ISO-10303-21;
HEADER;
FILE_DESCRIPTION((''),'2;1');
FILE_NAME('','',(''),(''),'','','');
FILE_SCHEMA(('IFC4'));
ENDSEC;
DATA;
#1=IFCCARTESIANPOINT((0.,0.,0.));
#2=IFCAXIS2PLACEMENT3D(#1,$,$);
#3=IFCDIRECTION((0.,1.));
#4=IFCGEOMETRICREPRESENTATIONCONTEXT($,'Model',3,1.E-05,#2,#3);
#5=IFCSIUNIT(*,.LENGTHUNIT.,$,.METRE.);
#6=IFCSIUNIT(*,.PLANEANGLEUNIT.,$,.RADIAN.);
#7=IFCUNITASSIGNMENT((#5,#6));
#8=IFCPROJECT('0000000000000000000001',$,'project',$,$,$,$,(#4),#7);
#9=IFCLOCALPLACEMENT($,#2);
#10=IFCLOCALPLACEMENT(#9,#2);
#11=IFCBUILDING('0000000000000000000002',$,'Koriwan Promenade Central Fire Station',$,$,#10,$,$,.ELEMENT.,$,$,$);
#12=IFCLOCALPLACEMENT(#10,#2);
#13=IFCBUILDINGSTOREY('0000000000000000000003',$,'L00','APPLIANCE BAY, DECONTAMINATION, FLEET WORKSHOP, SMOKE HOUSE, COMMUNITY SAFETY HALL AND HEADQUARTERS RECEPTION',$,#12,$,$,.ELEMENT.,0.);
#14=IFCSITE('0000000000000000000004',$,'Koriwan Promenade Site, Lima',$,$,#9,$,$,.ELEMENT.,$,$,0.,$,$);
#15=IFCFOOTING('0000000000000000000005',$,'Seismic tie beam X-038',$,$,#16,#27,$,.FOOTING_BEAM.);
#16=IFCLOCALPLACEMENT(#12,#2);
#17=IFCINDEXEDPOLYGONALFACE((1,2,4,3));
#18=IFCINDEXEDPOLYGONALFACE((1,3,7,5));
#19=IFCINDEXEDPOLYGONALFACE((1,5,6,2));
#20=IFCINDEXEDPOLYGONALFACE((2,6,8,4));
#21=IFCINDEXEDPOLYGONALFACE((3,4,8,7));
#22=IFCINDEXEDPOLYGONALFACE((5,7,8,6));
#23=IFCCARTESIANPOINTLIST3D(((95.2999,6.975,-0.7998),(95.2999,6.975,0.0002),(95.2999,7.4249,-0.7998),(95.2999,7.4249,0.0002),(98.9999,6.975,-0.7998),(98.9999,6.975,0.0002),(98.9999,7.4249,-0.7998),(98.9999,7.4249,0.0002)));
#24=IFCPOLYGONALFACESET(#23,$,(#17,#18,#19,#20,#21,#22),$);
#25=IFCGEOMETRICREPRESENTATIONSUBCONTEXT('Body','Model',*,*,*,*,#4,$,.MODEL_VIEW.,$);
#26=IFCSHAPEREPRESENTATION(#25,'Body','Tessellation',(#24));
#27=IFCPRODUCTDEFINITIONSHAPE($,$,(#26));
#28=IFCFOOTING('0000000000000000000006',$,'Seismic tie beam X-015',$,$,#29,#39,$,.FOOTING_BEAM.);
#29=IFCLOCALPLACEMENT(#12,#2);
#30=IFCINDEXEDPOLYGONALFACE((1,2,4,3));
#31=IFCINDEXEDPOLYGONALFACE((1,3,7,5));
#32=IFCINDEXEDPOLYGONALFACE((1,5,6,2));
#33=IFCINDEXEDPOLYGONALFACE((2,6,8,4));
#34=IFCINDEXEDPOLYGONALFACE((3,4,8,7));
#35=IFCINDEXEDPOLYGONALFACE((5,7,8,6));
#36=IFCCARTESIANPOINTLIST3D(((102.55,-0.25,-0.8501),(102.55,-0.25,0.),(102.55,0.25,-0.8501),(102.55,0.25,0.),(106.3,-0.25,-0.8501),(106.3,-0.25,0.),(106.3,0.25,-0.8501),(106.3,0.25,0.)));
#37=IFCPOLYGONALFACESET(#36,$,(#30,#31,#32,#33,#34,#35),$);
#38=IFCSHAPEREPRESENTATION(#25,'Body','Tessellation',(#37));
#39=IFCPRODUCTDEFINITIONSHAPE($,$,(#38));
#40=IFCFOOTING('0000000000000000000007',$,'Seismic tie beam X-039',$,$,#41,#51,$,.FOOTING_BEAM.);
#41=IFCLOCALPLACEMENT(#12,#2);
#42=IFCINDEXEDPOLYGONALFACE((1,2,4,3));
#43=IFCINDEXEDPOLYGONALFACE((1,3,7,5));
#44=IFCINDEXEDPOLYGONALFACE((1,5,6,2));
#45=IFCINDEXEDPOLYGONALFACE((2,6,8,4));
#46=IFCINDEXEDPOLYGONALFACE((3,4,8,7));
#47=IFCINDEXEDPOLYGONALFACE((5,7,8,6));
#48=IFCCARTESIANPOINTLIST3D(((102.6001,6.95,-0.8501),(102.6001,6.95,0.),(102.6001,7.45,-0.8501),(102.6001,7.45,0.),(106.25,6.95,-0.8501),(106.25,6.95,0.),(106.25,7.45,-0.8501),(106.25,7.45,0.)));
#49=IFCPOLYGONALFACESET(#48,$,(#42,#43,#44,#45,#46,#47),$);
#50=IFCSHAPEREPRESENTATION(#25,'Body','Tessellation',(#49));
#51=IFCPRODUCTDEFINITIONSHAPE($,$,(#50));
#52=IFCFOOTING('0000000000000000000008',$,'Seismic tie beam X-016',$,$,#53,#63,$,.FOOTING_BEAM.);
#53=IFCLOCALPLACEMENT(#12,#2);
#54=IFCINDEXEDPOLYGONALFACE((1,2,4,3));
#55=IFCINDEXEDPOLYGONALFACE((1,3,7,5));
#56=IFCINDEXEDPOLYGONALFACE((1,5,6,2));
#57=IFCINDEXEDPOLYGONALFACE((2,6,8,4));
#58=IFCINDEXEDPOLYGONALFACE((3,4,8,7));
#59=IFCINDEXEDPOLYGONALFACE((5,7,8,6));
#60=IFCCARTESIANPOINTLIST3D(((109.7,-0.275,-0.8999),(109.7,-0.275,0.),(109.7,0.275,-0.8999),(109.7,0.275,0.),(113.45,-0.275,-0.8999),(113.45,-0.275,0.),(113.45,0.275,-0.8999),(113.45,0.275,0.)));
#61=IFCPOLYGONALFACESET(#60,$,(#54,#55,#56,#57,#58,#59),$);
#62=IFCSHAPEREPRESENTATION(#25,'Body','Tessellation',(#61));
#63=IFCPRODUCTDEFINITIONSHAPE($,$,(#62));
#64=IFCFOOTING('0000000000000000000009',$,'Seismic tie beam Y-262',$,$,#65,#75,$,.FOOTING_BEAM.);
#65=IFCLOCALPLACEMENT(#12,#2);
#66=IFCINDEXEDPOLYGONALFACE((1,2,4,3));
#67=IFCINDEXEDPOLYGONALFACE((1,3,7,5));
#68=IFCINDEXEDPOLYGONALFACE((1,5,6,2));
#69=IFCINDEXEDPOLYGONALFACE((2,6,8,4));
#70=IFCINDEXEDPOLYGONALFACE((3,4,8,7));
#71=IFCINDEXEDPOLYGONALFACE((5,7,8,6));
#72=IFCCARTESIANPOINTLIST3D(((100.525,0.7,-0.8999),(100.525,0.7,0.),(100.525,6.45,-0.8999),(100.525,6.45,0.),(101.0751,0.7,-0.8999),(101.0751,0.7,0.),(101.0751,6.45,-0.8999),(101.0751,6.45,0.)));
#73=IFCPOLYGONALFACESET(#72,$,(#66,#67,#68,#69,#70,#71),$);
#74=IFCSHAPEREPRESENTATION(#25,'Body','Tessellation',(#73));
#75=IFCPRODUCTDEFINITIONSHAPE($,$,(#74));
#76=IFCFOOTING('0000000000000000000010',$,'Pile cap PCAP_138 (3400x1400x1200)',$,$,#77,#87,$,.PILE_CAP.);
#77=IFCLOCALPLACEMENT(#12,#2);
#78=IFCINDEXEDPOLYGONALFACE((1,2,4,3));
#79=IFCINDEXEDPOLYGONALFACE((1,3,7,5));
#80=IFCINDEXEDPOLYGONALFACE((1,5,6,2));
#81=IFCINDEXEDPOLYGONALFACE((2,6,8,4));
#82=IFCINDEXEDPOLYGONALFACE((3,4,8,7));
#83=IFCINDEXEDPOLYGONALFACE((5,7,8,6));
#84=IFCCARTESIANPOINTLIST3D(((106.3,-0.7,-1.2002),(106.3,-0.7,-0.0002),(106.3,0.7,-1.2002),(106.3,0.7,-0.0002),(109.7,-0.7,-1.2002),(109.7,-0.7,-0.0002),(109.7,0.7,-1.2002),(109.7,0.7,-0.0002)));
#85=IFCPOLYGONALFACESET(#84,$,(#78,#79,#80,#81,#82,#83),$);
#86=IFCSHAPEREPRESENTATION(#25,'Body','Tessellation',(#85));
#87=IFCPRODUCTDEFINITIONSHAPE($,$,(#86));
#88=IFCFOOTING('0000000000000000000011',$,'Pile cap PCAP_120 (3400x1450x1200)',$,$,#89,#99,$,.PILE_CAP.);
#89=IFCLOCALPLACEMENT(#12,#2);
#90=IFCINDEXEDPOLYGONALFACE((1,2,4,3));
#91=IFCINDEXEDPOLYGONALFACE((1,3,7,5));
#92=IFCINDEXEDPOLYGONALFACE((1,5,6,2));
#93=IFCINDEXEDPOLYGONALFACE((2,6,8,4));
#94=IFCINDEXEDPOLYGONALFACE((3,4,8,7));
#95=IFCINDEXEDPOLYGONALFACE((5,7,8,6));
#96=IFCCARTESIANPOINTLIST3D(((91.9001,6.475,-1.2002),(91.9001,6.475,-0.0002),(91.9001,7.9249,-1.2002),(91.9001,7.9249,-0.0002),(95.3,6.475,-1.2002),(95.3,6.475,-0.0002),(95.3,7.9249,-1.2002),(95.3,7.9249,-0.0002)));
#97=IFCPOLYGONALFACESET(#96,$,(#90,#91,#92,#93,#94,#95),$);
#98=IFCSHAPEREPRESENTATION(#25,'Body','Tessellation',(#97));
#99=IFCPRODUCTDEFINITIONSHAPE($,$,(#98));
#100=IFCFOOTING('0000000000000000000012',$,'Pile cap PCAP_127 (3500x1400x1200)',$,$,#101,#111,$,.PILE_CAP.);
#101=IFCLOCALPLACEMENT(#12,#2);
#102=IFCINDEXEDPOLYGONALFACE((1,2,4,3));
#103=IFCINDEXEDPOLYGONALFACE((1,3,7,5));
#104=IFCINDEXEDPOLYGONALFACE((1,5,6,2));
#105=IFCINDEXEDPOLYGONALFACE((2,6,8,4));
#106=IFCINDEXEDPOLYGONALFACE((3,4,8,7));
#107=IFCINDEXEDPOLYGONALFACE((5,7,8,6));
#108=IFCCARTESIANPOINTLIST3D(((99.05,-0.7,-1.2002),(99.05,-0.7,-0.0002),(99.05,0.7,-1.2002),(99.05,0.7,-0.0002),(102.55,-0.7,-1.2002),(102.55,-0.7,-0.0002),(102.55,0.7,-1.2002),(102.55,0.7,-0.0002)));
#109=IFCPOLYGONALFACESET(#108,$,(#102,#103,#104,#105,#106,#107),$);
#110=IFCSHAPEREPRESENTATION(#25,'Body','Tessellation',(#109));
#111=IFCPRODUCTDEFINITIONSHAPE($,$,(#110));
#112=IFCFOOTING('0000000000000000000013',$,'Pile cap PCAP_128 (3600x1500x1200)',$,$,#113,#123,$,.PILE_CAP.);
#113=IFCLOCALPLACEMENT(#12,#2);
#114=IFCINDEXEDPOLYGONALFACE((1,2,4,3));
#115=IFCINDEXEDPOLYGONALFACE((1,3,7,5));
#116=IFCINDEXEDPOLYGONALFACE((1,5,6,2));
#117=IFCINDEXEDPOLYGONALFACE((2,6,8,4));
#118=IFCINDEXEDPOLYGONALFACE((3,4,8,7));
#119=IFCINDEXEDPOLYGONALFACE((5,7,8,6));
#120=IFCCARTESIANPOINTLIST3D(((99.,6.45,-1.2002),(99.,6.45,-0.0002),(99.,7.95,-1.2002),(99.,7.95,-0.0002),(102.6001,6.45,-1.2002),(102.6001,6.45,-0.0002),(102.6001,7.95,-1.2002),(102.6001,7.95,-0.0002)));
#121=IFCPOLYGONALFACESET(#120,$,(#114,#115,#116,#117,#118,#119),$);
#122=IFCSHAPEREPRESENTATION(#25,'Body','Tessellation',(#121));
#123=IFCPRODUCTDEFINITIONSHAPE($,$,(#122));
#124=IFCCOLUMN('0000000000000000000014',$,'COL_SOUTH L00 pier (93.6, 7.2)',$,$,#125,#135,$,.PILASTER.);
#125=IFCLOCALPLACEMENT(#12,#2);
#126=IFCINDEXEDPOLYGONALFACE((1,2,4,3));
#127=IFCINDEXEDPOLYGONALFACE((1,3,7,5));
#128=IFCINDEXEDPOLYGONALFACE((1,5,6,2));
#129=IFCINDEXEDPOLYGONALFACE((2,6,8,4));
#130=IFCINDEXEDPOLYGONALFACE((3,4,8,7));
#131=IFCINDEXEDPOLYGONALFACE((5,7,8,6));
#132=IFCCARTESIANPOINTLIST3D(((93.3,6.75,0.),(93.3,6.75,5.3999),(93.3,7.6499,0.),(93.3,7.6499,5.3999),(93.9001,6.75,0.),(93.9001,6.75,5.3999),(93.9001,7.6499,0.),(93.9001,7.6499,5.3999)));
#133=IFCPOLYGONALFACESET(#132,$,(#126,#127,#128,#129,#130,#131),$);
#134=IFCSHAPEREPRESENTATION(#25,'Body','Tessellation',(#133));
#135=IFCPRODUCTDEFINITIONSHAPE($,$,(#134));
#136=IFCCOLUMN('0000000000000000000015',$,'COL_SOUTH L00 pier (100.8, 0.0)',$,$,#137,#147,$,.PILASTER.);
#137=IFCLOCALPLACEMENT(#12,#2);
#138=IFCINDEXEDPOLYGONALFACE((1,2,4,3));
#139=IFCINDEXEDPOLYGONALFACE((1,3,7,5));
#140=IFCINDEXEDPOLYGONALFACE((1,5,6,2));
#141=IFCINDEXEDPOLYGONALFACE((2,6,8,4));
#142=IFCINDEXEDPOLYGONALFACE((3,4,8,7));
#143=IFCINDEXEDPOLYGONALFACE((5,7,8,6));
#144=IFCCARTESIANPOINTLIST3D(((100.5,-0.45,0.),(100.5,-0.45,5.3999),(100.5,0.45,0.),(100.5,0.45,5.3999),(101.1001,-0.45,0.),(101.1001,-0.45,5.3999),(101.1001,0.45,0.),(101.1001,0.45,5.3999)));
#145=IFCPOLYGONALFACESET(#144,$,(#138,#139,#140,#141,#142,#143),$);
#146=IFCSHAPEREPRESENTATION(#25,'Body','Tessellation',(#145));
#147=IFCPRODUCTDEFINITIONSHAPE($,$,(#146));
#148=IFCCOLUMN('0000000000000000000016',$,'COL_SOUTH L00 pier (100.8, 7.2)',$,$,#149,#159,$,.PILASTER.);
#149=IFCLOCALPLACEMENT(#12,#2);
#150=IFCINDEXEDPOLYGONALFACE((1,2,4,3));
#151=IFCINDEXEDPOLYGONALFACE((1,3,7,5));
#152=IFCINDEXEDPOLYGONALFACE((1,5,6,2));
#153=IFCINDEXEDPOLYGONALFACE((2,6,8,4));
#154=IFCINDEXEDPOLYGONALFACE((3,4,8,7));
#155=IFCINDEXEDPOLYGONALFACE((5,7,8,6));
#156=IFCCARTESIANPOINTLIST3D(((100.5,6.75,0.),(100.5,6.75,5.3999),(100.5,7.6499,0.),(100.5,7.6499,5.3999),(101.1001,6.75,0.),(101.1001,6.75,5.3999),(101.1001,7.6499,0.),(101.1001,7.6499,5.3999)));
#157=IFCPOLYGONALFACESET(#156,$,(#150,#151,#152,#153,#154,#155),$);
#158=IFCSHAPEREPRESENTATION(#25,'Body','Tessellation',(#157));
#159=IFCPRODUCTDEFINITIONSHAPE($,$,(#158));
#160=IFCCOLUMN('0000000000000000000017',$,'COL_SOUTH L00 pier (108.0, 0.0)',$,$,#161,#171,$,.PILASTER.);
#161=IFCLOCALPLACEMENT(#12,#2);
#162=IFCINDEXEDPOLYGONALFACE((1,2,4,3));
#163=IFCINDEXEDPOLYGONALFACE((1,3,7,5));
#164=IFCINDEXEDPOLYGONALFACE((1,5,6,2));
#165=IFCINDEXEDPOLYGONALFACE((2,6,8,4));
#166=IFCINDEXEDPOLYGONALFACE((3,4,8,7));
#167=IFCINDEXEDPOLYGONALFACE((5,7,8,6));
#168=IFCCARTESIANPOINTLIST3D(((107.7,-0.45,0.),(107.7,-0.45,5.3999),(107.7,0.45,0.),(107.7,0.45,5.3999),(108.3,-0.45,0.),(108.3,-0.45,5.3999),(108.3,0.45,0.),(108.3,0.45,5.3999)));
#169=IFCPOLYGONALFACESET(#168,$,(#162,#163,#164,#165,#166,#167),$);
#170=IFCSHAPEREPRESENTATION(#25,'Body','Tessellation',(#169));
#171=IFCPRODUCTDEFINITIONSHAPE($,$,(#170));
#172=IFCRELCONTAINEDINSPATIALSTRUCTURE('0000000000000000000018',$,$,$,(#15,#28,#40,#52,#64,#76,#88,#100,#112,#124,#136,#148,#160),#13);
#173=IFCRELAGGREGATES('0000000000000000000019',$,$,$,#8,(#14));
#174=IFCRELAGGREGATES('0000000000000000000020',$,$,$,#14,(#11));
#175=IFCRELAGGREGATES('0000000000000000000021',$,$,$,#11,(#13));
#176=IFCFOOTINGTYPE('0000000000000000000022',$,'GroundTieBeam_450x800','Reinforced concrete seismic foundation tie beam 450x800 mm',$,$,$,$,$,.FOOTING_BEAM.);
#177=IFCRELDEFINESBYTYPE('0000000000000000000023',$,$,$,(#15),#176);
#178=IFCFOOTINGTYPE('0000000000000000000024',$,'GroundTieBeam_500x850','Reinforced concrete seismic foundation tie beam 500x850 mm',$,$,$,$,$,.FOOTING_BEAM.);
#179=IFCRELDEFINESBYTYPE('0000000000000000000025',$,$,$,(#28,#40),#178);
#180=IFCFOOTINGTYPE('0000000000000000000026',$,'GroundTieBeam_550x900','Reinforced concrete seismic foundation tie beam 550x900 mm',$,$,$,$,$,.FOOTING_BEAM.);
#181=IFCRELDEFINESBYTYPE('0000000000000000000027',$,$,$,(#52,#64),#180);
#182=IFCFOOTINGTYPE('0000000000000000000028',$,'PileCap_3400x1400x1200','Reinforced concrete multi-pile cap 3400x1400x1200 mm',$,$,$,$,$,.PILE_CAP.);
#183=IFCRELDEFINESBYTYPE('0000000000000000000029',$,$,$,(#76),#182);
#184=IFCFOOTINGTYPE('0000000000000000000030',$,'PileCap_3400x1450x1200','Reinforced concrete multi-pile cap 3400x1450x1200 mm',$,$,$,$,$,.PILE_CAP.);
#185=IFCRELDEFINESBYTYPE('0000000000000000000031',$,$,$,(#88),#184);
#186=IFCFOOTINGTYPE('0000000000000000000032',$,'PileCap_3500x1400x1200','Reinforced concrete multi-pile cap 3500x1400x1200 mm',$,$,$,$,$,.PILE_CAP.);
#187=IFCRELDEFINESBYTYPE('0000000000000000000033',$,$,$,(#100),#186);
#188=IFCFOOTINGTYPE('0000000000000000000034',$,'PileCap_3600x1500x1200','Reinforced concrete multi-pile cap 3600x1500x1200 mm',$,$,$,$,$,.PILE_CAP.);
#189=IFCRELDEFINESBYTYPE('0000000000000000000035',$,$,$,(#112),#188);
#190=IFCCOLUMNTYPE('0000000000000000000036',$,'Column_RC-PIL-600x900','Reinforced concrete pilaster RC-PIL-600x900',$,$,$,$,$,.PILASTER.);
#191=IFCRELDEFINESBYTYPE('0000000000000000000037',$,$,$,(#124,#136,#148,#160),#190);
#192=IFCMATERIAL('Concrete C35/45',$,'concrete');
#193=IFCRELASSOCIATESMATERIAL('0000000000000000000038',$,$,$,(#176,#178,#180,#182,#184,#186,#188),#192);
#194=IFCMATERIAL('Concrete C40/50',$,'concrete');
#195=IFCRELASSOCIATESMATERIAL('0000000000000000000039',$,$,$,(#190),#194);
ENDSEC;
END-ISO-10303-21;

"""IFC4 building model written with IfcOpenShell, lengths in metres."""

from ifc_helpers import new_model, si_unit, direction, frame, origin, origin_2d, place, context, subcontext, project, spatial, rectangle, extrude, material, material_profile, profile_set, type_object, element, save


model = new_model("IFC4")

# Units and contexts
model_context = context("Model", 3, precision=1e-05, world=origin(), true_north=direction((0.0, 1.0)))
body_context = subcontext(model_context, "Body", "Model", "MODEL_VIEW")
ifc_project = project(units=[si_unit("LENGTHUNIT", "METRE"), si_unit("PLANEANGLEUNIT", "RADIAN")], contexts=[model_context])

# Site, building, storey
site_placement = place(None, origin())
site = spatial("IfcSite", under=ifc_project, at=site_placement, Name="Koriwan Promenade Site, Lima", CompositionType="ELEMENT", RefElevation=0.0)
building_placement = place(site_placement, origin())
building = spatial("IfcBuilding", under=site, at=building_placement, Name="Koriwan Promenade Central Fire Station", CompositionType="ELEMENT")
storey_placement = place(building_placement, origin())
storey = spatial("IfcBuildingStorey", under=building, at=storey_placement, Name="L00", Description="APPLIANCE BAY, DECONTAMINATION, FLEET WORKSHOP, SMOKE HOUSE, COMMUNITY SAFETY HALL AND HEADQUARTERS RECEPTION", CompositionType="ELEMENT", Elevation=0.0)

# Shared definitions
ifc_material_1 = material(Name="Concrete C35/45", Category="concrete")

# Footings
footing_type_1 = type_object("IfcFootingType", Name="GroundTieBeam_450x800", Description="Reinforced concrete seismic foundation tie beam 450x800 mm", PredefinedType="FOOTING_BEAM", material=ifc_material_1)
footing_1_placement = place(storey_placement, frame((97.1499, 7.2, -0.7998), z_axis=(0.0, 0.0, 1.0), x_axis=(1.0, 0.0, 0.0)))
element("IfcFooting", 1, at=footing_1_placement, inside=storey, type_object=footing_type_1, Name="Seismic tie beam X-038", PredefinedType="FOOTING_BEAM", context=body_context, shape_type="SweptSolid", body=[
    extrude(rectangle(XDim=3.7, YDim=0.45, at=origin_2d()), origin(), (0.0, 0.0, 1.0), 0.8),
])
footing_type_2 = type_object("IfcFootingType", Name="GroundTieBeam_500x850", Description="Reinforced concrete seismic foundation tie beam 500x850 mm", PredefinedType="FOOTING_BEAM", material=ifc_material_1)
footing_2_placement = place(storey_placement, frame((104.425, 0.0, -0.8501), z_axis=(0.0, 0.0, 1.0), x_axis=(1.0, 0.0, 0.0)))
element("IfcFooting", 2, at=footing_2_placement, inside=storey, type_object=footing_type_2, Name="Seismic tie beam X-015", PredefinedType="FOOTING_BEAM", context=body_context, shape_type="SweptSolid", body=[
    extrude(rectangle(XDim=3.75, YDim=0.5, at=origin_2d()), origin(), (0.0, 0.0, 1.0), 0.8501),
])
footing_3_placement = place(storey_placement, frame((104.425, 7.2, -0.8501), z_axis=(0.0, 0.0, 1.0), x_axis=(1.0, 0.0, 0.0)))
element("IfcFooting", 3, at=footing_3_placement, inside=storey, type_object=footing_type_2, Name="Seismic tie beam X-039", PredefinedType="FOOTING_BEAM", context=body_context, shape_type="SweptSolid", body=[
    extrude(rectangle(XDim=3.6499, YDim=0.5, at=origin_2d()), origin(), (0.0, 0.0, 1.0), 0.8501),
])
footing_type_3 = type_object("IfcFootingType", Name="GroundTieBeam_550x900", Description="Reinforced concrete seismic foundation tie beam 550x900 mm", PredefinedType="FOOTING_BEAM", material=ifc_material_1)
footing_4_placement = place(storey_placement, frame((111.575, 0.0, -0.8999), z_axis=(0.0, 0.0, 1.0), x_axis=(1.0, 0.0, 0.0)))
element("IfcFooting", 4, at=footing_4_placement, inside=storey, type_object=footing_type_3, Name="Seismic tie beam X-016", PredefinedType="FOOTING_BEAM", context=body_context, shape_type="SweptSolid", body=[
    extrude(rectangle(XDim=3.75, YDim=0.55, at=origin_2d()), origin(), (0.0, 0.0, 1.0), 0.8999),
])
footing_5_placement = place(storey_placement, frame((100.8, 3.575, -0.8999), z_axis=(0.0, 0.0, 1.0), x_axis=(0.0, 1.0, 0.0)))
element("IfcFooting", 5, at=footing_5_placement, inside=storey, type_object=footing_type_3, Name="Seismic tie beam Y-262", PredefinedType="FOOTING_BEAM", context=body_context, shape_type="SweptSolid", body=[
    extrude(rectangle(XDim=5.75, YDim=0.55, at=origin_2d()), origin(), (0.0, 0.0, 1.0), 0.8999),
])
footing_type_4 = type_object("IfcFootingType", Name="PileCap_3400x1400x1200", Description="Reinforced concrete multi-pile cap 3400x1400x1200 mm", PredefinedType="PILE_CAP", material=ifc_material_1)
footing_6_placement = place(storey_placement, frame((108.0, 0.0, -1.2002), z_axis=(0.0, 0.0, 1.0), x_axis=(1.0, 0.0, 0.0)))
element("IfcFooting", 6, at=footing_6_placement, inside=storey, type_object=footing_type_4, Name="Pile cap PCAP_138 (3400x1400x1200)", PredefinedType="PILE_CAP", context=body_context, shape_type="SweptSolid", body=[
    extrude(rectangle(XDim=3.3999, YDim=1.3999, at=origin_2d()), origin(), (0.0, 0.0, 1.0), 1.2),
])
footing_type_5 = type_object("IfcFootingType", Name="PileCap_3400x1450x1200", Description="Reinforced concrete multi-pile cap 3400x1450x1200 mm", PredefinedType="PILE_CAP", material=ifc_material_1)
footing_7_placement = place(storey_placement, frame((93.6001, 7.2, -1.2002), z_axis=(0.0, 0.0, 1.0), x_axis=(1.0, 0.0, 0.0)))
element("IfcFooting", 7, at=footing_7_placement, inside=storey, type_object=footing_type_5, Name="Pile cap PCAP_120 (3400x1450x1200)", PredefinedType="PILE_CAP", context=body_context, shape_type="SweptSolid", body=[
    extrude(rectangle(XDim=3.3999, YDim=1.45, at=origin_2d()), origin(), (0.0, 0.0, 1.0), 1.2),
])
footing_type_6 = type_object("IfcFootingType", Name="PileCap_3500x1400x1200", Description="Reinforced concrete multi-pile cap 3500x1400x1200 mm", PredefinedType="PILE_CAP", material=ifc_material_1)
footing_8_placement = place(storey_placement, frame((100.8, 0.0, -1.2002), z_axis=(0.0, 0.0, 1.0), x_axis=(1.0, 0.0, 0.0)))
element("IfcFooting", 8, at=footing_8_placement, inside=storey, type_object=footing_type_6, Name="Pile cap PCAP_127 (3500x1400x1200)", PredefinedType="PILE_CAP", context=body_context, shape_type="SweptSolid", body=[
    extrude(rectangle(XDim=3.5, YDim=1.3999, at=origin_2d()), origin(), (0.0, 0.0, 1.0), 1.2),
])
footing_type_7 = type_object("IfcFootingType", Name="PileCap_3600x1500x1200", Description="Reinforced concrete multi-pile cap 3600x1500x1200 mm", PredefinedType="PILE_CAP", material=ifc_material_1)
footing_9_placement = place(storey_placement, frame((100.8, 7.2, -1.2002), z_axis=(0.0, 0.0, 1.0), x_axis=(1.0, 0.0, 0.0)))
element("IfcFooting", 9, at=footing_9_placement, inside=storey, type_object=footing_type_7, Name="Pile cap PCAP_128 (3600x1500x1200)", PredefinedType="PILE_CAP", context=body_context, shape_type="SweptSolid", body=[
    extrude(rectangle(XDim=3.6001, YDim=1.5, at=origin_2d()), origin(), (0.0, 0.0, 1.0), 1.2),
])

# Columns
ifc_material_2 = material(Name="Concrete C40/50", Category="concrete")
ifc_material_profile_1 = material_profile(ifc_material_2, rectangle(XDim=0.6001, YDim=0.8999, at=origin_2d()), Name="RC-PIL-600x900")
ifc_profile_set_1 = profile_set([ifc_material_profile_1], Name="Concrete C40/50")
column_type = type_object("IfcColumnType", Name="Column_RC-PIL-600x900", Description="Reinforced concrete pilaster RC-PIL-600x900", PredefinedType="PILASTER", material=ifc_profile_set_1)
for number, where, z_axis, x_axis, name in (
    (10, (93.6001, 7.2, 0.0), (0.0, 0.0, 1.0), (1.0, 0.0, 0.0), "COL_SOUTH L00 pier (93.6, 7.2)"),
    (11, (100.8, 0.0, 0.0), (0.0, 0.0, 1.0), (1.0, 0.0, 0.0), "COL_SOUTH L00 pier (100.8, 0.0)"),
    (12, (100.8, 7.2, 0.0), (0.0, 0.0, 1.0), (1.0, 0.0, 0.0), "COL_SOUTH L00 pier (100.8, 7.2)"),
    (13, (108.0, 0.0, 0.0), (0.0, 0.0, 1.0), (1.0, 0.0, 0.0), "COL_SOUTH L00 pier (108.0, 0.0)"),
):
    element("IfcColumn", number, at=place(storey_placement, frame(where, z_axis=z_axis, x_axis=x_axis)), inside=storey, type_object=column_type, Name=name, PredefinedType="PILASTER", context=body_context, shape_type="SweptSolid", body=[
        extrude(rectangle(XDim=0.6001, YDim=0.8999, at=origin_2d()), origin(), (0.0, 0.0, 1.0), 5.3999),
    ])

save(model, "model.ifc")
